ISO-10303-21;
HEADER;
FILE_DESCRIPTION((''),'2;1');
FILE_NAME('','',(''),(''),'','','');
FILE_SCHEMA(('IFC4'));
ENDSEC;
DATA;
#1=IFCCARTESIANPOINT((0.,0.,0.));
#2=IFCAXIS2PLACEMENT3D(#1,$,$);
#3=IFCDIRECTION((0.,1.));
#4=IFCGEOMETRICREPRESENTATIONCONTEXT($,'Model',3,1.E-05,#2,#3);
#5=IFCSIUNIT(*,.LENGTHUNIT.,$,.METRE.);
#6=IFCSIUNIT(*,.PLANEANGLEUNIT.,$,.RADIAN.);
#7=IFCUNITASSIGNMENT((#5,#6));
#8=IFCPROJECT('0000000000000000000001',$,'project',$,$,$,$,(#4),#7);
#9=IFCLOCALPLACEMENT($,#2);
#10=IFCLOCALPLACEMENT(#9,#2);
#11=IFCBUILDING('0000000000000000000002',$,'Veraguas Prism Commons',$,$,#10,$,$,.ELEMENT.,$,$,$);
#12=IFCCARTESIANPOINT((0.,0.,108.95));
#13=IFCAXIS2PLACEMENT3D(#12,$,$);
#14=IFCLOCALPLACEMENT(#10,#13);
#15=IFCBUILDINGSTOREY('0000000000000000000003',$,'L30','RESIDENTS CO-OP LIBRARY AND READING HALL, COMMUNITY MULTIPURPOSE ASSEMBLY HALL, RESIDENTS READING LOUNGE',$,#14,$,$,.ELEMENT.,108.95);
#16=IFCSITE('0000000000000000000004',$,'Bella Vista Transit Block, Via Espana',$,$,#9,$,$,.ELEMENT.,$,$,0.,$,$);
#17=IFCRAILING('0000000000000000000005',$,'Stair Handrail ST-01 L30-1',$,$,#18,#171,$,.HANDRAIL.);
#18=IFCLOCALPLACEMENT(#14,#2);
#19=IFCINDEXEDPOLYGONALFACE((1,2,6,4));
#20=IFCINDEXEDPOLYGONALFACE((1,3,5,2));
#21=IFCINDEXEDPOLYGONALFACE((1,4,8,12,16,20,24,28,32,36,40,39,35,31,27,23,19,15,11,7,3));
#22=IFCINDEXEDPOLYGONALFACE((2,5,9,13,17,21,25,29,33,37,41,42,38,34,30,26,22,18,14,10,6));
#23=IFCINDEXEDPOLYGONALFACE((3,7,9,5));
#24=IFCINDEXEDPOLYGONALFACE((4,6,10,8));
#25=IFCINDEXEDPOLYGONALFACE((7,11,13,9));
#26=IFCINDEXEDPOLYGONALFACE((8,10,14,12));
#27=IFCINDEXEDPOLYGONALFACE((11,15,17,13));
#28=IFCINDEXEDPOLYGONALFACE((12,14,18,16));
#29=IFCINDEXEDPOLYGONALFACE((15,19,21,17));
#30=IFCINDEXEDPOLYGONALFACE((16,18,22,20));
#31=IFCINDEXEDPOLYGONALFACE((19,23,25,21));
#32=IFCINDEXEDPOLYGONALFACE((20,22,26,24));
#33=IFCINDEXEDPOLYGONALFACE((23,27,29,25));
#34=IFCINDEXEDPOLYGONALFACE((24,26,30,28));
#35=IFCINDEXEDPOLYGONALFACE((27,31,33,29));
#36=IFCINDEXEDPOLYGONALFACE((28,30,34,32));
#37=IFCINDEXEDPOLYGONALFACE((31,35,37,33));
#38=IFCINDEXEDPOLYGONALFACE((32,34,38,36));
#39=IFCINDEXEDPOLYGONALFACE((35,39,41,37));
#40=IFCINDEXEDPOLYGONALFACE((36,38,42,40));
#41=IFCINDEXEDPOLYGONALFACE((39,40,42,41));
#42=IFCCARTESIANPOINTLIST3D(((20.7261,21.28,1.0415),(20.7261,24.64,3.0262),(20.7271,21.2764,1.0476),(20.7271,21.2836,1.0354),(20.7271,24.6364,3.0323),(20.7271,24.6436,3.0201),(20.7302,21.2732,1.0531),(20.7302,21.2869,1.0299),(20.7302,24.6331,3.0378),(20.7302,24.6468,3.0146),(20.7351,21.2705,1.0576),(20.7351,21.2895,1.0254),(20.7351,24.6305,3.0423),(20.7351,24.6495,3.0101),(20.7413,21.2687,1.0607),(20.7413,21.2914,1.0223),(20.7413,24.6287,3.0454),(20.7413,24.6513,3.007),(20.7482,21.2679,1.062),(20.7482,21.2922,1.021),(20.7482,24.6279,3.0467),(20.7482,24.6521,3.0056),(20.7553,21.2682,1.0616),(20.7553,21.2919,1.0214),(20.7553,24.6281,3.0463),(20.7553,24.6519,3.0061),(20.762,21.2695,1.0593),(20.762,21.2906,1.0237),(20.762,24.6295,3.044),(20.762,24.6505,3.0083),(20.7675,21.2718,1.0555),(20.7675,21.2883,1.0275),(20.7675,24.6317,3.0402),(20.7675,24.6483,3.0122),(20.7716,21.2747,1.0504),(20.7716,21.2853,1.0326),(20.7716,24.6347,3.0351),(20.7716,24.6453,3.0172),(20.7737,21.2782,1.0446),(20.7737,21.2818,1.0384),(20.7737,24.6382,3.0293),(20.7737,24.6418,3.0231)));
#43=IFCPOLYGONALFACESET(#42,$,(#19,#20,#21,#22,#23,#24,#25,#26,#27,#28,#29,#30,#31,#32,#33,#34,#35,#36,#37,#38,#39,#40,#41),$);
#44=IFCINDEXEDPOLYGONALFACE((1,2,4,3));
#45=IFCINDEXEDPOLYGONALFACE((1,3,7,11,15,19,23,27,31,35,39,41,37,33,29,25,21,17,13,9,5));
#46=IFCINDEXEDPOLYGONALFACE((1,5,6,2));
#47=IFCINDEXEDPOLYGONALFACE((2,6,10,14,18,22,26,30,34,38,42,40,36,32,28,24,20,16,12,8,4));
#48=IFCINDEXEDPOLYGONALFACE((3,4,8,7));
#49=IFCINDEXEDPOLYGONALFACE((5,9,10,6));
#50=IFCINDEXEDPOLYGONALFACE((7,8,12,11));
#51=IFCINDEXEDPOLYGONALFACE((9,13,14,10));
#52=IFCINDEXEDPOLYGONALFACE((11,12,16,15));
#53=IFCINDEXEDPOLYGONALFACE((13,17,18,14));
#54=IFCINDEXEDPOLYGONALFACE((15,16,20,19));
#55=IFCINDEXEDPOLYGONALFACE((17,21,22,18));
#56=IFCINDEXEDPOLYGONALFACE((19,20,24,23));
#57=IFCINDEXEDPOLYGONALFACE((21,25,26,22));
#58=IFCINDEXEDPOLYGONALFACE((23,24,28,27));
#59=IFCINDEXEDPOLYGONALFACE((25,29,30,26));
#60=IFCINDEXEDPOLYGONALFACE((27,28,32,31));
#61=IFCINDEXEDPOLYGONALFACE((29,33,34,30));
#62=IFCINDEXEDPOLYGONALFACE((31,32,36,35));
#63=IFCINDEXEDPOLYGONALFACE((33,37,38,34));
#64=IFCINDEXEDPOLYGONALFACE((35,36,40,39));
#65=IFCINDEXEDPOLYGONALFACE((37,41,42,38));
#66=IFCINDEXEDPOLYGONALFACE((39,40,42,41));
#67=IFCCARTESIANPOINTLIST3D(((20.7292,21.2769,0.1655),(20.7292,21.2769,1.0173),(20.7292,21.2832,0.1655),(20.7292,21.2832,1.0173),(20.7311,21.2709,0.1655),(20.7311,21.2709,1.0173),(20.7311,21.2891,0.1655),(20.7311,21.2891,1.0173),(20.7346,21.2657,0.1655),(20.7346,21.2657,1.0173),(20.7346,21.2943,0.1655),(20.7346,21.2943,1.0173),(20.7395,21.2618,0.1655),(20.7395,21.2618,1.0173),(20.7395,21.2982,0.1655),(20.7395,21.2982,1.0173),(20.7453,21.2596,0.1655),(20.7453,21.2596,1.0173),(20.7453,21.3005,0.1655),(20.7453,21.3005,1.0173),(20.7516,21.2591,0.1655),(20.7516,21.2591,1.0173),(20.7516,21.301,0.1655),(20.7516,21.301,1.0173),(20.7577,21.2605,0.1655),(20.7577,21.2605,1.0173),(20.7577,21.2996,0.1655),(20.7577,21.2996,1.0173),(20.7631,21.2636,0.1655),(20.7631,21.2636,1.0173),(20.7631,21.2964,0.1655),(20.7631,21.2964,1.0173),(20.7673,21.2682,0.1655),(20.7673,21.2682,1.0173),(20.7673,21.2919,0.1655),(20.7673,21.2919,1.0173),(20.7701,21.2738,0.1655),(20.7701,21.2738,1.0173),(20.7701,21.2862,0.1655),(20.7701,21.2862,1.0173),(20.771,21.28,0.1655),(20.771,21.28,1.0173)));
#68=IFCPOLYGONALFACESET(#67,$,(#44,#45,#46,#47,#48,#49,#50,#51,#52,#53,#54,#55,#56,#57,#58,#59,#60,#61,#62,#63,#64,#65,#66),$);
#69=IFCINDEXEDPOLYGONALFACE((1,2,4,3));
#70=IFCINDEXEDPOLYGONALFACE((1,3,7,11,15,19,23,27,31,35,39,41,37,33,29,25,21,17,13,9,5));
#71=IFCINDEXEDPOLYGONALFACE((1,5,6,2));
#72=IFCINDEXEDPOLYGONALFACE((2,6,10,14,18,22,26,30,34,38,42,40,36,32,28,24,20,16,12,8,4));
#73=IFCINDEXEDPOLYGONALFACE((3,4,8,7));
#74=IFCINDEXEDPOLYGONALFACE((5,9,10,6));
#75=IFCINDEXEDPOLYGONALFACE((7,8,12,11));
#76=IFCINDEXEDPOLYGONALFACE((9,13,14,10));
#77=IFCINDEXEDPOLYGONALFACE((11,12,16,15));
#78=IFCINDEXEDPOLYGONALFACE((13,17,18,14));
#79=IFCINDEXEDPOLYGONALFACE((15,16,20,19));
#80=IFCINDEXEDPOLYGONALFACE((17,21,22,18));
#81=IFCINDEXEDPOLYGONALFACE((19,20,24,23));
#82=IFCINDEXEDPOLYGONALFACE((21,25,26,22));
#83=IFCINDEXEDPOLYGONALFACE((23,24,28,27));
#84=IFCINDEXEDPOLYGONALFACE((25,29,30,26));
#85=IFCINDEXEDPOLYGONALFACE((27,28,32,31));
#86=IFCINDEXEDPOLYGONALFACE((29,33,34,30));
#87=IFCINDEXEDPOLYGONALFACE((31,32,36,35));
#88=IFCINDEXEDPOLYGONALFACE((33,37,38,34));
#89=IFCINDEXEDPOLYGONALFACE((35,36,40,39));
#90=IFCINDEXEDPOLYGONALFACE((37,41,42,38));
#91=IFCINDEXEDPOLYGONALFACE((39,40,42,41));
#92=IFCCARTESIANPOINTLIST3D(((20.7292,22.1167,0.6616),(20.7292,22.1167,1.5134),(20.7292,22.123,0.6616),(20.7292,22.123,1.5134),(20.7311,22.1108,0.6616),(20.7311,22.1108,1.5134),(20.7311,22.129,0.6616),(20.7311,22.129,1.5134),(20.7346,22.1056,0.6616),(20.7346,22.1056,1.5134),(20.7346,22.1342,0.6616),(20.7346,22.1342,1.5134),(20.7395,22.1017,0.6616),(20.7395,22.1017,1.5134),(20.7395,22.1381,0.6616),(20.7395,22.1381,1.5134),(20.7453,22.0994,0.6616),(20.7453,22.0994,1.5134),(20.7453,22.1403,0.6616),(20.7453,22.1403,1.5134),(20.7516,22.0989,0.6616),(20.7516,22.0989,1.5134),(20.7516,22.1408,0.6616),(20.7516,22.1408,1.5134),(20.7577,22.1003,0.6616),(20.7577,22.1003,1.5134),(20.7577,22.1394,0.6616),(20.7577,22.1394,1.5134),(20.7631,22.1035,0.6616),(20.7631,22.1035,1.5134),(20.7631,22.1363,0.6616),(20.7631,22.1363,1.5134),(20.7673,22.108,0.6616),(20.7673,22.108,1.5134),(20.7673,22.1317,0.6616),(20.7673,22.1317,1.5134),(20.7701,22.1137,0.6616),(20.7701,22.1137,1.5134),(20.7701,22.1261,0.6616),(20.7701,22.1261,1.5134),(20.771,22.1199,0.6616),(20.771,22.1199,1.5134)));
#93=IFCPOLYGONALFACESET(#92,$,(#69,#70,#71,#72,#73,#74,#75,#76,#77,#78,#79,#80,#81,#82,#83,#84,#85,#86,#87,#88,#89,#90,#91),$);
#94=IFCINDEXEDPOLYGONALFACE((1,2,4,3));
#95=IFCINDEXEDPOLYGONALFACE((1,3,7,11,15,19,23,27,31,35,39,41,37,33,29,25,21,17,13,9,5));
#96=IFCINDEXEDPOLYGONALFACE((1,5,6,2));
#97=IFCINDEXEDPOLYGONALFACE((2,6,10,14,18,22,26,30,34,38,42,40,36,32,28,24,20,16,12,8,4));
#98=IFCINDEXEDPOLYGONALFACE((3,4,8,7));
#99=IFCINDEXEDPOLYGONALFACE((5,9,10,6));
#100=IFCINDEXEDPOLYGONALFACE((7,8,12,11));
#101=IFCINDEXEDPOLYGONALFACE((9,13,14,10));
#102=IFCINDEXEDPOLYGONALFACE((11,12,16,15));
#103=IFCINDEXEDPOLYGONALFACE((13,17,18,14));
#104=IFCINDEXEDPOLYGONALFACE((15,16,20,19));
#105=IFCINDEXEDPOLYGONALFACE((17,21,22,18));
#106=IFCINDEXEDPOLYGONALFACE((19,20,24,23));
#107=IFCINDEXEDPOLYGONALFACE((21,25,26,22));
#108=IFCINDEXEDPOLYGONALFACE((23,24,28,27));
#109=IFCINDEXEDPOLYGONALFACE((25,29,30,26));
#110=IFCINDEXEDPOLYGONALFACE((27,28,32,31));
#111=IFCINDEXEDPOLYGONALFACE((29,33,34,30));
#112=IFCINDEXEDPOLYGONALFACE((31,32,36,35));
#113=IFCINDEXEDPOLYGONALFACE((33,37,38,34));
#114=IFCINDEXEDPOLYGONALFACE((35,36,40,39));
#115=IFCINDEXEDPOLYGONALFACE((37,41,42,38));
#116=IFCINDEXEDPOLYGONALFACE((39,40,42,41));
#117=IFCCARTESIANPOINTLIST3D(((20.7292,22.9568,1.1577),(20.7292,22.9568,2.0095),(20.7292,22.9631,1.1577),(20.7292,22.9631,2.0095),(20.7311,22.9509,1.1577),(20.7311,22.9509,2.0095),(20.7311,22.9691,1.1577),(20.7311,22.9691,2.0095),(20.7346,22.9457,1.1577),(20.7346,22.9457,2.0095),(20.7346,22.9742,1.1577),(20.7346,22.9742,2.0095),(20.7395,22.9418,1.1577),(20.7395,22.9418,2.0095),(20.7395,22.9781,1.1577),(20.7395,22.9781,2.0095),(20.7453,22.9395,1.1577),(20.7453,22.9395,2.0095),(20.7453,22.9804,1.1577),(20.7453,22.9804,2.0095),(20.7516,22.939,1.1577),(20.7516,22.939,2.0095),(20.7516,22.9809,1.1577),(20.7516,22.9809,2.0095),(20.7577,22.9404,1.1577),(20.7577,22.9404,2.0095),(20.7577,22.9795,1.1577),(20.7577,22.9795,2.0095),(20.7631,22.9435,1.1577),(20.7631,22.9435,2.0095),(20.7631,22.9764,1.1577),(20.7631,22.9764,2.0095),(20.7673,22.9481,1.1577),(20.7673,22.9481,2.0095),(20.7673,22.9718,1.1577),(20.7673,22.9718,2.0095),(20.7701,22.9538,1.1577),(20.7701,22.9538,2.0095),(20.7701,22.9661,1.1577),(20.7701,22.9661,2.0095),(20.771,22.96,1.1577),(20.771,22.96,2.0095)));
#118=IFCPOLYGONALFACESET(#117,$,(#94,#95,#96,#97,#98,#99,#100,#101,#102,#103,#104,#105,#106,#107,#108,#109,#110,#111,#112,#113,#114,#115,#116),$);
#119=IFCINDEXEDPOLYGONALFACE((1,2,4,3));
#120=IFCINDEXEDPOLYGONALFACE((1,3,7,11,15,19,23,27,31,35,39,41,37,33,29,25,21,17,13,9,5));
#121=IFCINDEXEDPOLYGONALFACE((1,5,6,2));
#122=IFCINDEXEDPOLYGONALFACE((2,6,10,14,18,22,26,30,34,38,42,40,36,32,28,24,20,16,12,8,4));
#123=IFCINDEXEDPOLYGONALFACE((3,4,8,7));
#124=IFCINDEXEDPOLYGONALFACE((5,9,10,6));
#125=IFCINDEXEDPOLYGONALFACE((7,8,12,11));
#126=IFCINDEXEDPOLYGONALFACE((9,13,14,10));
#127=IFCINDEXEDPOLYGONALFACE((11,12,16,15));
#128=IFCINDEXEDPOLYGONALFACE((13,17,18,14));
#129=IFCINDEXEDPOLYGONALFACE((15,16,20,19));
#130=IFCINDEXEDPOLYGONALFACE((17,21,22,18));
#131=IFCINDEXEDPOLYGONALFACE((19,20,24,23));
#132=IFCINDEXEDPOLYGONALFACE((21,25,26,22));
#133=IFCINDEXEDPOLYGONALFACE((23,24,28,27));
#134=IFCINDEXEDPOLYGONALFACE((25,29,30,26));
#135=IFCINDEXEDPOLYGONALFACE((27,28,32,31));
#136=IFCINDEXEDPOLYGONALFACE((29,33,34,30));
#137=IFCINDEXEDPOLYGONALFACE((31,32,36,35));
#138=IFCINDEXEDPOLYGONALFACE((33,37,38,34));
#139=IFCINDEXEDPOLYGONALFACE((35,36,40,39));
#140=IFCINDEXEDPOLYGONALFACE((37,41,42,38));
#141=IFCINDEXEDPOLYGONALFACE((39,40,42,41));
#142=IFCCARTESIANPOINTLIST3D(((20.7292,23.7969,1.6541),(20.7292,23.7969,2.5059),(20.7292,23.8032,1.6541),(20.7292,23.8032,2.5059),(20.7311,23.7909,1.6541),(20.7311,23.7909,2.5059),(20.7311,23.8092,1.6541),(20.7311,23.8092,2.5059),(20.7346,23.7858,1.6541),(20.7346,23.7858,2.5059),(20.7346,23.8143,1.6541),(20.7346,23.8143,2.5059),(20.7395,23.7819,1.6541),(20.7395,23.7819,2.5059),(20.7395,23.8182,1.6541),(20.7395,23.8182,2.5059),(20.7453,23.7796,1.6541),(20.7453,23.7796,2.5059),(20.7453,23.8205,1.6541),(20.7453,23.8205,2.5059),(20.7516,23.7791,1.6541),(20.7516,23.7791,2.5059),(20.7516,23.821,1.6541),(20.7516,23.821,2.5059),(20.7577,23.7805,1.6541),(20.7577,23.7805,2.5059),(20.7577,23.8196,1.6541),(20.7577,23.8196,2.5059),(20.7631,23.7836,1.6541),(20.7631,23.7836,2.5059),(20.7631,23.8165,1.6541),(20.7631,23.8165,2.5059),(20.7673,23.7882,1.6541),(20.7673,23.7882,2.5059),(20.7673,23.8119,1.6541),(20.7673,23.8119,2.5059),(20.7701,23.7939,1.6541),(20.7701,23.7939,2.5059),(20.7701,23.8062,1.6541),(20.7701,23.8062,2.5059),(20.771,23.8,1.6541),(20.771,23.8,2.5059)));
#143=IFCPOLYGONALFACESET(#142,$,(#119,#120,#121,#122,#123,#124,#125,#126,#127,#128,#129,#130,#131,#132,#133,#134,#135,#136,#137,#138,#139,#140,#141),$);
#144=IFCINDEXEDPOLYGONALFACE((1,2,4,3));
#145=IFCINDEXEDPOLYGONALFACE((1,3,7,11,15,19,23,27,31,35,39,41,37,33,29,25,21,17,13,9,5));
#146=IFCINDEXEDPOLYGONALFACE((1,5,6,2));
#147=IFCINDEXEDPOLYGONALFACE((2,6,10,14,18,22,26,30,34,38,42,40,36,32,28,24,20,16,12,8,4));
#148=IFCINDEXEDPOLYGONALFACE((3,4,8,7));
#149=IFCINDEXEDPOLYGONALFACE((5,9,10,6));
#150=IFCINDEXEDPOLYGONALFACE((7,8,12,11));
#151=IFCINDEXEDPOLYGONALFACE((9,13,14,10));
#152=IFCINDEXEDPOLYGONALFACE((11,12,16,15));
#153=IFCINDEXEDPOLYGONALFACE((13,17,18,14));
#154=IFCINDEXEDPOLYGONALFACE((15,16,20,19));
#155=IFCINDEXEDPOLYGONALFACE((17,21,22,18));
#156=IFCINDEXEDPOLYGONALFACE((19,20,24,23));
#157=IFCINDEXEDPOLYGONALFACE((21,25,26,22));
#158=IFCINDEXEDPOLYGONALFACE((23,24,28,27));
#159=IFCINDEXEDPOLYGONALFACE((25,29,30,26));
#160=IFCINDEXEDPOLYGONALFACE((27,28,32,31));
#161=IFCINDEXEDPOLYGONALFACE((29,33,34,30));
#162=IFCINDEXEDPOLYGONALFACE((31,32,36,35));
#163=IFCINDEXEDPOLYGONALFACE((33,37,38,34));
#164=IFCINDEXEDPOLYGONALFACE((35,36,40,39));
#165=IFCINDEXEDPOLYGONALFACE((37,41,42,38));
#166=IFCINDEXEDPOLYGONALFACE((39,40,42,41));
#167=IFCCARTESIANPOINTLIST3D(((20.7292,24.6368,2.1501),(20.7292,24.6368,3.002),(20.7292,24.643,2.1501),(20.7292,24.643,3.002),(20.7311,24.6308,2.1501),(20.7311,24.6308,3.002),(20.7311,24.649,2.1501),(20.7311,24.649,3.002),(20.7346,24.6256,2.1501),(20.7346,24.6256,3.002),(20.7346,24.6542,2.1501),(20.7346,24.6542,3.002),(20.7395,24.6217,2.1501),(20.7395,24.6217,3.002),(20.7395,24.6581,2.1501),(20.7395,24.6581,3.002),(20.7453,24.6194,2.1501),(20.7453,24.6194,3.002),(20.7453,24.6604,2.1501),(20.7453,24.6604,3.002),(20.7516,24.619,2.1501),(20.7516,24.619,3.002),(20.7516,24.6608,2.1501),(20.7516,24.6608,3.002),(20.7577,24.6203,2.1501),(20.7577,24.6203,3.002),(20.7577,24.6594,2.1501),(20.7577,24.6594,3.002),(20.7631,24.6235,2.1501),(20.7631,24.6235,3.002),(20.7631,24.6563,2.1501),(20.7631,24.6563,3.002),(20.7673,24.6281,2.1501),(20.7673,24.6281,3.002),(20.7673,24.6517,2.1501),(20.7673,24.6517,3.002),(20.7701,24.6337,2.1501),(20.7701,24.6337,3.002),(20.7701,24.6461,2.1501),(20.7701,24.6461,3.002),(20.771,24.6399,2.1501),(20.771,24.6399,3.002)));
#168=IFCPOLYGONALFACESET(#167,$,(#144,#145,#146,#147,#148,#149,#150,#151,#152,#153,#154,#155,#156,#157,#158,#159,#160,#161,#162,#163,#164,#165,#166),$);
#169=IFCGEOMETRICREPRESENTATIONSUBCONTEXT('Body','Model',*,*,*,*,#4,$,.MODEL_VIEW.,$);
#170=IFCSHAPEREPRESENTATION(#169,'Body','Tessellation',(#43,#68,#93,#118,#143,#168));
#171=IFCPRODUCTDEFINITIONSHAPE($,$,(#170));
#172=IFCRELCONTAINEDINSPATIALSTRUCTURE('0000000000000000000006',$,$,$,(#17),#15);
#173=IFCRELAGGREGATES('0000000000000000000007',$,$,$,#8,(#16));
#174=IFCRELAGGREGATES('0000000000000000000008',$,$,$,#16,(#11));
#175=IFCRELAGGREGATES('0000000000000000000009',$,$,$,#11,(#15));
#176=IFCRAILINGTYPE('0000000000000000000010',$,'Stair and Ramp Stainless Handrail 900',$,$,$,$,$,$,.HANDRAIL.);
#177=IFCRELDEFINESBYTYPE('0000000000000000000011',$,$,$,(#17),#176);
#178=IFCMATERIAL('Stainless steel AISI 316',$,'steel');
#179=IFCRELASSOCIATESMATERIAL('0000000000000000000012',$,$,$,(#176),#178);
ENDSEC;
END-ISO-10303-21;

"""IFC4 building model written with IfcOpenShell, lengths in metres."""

from ifc_helpers import new_model, si_unit, direction, frame, origin, origin_2d, place, context, subcontext, project, spatial, circle, extrude, material, type_object, element, save


model = new_model("IFC4")

# Units and contexts
model_context = context("Model", 3, precision=1e-05, world=origin(), true_north=direction((0.0, 1.0)))
body_context = subcontext(model_context, "Body", "Model", "MODEL_VIEW")
ifc_project = project(units=[si_unit("LENGTHUNIT", "METRE"), si_unit("PLANEANGLEUNIT", "RADIAN")], contexts=[model_context])

# Site, building, storey
site_placement = place(None, origin())
site = spatial("IfcSite", under=ifc_project, at=site_placement, Name="Bella Vista Transit Block, Via Espana", CompositionType="ELEMENT", RefElevation=0.0)
building_placement = place(site_placement, origin())
building = spatial("IfcBuilding", under=site, at=building_placement, Name="Veraguas Prism Commons", CompositionType="ELEMENT")
storey_placement = place(building_placement, frame((0.0, 0.0, 108.95)))
storey = spatial("IfcBuildingStorey", under=building, at=storey_placement, Name="L30", Description="RESIDENTS CO-OP LIBRARY AND READING HALL, COMMUNITY MULTIPURPOSE ASSEMBLY HALL, RESIDENTS READING LOUNGE", CompositionType="ELEMENT", Elevation=108.95)

# Shared definitions
ifc_material_1 = material(Name="Stainless steel AISI 316", Category="steel")

# Railing
railing_type_1 = type_object("IfcRailingType", Name="Stair and Ramp Stainless Handrail 900", PredefinedType="HANDRAIL", material=ifc_material_1)
railing_1_placement = place(storey_placement, frame((20.75, 21.28, 0.1655)))
element("IfcRailing", 1, at=railing_1_placement, inside=storey, type_object=railing_type_1, Name="Stair Handrail ST-01 L30-1", PredefinedType="HANDRAIL", context=body_context, shape_type="SweptSolid", body=[
    extrude(circle(Radius=0.0239, at=origin_2d()), frame((0.0, 0.0, 0.876), z_axis=(0.0, 0.861011, 0.508586), x_axis=(-1.0, 0.0, 0.0)), (0.0, 0.0, 1.0), 3.9023),
    extrude(circle(Radius=0.021, at=origin_2d()), origin(), (0.0, 0.0, 1.0), 0.8518),
    extrude(circle(Radius=0.021, at=origin_2d()), frame((0.0, 0.8398, 0.4961)), (0.0, 0.0, 1.0), 0.8518),
    extrude(circle(Radius=0.021, at=origin_2d()), frame((0.0, 1.6799, 0.9922)), (0.0, 0.0, 1.0), 0.8518),
    extrude(circle(Radius=0.021, at=origin_2d()), frame((0.0, 2.52, 1.4885)), (0.0, 0.0, 1.0), 0.8518),
    extrude(circle(Radius=0.021, at=origin_2d()), frame((0.0, 3.3599, 1.9846)), (0.0, 0.0, 1.0), 0.8518),
])

save(model, "model.ifc")
